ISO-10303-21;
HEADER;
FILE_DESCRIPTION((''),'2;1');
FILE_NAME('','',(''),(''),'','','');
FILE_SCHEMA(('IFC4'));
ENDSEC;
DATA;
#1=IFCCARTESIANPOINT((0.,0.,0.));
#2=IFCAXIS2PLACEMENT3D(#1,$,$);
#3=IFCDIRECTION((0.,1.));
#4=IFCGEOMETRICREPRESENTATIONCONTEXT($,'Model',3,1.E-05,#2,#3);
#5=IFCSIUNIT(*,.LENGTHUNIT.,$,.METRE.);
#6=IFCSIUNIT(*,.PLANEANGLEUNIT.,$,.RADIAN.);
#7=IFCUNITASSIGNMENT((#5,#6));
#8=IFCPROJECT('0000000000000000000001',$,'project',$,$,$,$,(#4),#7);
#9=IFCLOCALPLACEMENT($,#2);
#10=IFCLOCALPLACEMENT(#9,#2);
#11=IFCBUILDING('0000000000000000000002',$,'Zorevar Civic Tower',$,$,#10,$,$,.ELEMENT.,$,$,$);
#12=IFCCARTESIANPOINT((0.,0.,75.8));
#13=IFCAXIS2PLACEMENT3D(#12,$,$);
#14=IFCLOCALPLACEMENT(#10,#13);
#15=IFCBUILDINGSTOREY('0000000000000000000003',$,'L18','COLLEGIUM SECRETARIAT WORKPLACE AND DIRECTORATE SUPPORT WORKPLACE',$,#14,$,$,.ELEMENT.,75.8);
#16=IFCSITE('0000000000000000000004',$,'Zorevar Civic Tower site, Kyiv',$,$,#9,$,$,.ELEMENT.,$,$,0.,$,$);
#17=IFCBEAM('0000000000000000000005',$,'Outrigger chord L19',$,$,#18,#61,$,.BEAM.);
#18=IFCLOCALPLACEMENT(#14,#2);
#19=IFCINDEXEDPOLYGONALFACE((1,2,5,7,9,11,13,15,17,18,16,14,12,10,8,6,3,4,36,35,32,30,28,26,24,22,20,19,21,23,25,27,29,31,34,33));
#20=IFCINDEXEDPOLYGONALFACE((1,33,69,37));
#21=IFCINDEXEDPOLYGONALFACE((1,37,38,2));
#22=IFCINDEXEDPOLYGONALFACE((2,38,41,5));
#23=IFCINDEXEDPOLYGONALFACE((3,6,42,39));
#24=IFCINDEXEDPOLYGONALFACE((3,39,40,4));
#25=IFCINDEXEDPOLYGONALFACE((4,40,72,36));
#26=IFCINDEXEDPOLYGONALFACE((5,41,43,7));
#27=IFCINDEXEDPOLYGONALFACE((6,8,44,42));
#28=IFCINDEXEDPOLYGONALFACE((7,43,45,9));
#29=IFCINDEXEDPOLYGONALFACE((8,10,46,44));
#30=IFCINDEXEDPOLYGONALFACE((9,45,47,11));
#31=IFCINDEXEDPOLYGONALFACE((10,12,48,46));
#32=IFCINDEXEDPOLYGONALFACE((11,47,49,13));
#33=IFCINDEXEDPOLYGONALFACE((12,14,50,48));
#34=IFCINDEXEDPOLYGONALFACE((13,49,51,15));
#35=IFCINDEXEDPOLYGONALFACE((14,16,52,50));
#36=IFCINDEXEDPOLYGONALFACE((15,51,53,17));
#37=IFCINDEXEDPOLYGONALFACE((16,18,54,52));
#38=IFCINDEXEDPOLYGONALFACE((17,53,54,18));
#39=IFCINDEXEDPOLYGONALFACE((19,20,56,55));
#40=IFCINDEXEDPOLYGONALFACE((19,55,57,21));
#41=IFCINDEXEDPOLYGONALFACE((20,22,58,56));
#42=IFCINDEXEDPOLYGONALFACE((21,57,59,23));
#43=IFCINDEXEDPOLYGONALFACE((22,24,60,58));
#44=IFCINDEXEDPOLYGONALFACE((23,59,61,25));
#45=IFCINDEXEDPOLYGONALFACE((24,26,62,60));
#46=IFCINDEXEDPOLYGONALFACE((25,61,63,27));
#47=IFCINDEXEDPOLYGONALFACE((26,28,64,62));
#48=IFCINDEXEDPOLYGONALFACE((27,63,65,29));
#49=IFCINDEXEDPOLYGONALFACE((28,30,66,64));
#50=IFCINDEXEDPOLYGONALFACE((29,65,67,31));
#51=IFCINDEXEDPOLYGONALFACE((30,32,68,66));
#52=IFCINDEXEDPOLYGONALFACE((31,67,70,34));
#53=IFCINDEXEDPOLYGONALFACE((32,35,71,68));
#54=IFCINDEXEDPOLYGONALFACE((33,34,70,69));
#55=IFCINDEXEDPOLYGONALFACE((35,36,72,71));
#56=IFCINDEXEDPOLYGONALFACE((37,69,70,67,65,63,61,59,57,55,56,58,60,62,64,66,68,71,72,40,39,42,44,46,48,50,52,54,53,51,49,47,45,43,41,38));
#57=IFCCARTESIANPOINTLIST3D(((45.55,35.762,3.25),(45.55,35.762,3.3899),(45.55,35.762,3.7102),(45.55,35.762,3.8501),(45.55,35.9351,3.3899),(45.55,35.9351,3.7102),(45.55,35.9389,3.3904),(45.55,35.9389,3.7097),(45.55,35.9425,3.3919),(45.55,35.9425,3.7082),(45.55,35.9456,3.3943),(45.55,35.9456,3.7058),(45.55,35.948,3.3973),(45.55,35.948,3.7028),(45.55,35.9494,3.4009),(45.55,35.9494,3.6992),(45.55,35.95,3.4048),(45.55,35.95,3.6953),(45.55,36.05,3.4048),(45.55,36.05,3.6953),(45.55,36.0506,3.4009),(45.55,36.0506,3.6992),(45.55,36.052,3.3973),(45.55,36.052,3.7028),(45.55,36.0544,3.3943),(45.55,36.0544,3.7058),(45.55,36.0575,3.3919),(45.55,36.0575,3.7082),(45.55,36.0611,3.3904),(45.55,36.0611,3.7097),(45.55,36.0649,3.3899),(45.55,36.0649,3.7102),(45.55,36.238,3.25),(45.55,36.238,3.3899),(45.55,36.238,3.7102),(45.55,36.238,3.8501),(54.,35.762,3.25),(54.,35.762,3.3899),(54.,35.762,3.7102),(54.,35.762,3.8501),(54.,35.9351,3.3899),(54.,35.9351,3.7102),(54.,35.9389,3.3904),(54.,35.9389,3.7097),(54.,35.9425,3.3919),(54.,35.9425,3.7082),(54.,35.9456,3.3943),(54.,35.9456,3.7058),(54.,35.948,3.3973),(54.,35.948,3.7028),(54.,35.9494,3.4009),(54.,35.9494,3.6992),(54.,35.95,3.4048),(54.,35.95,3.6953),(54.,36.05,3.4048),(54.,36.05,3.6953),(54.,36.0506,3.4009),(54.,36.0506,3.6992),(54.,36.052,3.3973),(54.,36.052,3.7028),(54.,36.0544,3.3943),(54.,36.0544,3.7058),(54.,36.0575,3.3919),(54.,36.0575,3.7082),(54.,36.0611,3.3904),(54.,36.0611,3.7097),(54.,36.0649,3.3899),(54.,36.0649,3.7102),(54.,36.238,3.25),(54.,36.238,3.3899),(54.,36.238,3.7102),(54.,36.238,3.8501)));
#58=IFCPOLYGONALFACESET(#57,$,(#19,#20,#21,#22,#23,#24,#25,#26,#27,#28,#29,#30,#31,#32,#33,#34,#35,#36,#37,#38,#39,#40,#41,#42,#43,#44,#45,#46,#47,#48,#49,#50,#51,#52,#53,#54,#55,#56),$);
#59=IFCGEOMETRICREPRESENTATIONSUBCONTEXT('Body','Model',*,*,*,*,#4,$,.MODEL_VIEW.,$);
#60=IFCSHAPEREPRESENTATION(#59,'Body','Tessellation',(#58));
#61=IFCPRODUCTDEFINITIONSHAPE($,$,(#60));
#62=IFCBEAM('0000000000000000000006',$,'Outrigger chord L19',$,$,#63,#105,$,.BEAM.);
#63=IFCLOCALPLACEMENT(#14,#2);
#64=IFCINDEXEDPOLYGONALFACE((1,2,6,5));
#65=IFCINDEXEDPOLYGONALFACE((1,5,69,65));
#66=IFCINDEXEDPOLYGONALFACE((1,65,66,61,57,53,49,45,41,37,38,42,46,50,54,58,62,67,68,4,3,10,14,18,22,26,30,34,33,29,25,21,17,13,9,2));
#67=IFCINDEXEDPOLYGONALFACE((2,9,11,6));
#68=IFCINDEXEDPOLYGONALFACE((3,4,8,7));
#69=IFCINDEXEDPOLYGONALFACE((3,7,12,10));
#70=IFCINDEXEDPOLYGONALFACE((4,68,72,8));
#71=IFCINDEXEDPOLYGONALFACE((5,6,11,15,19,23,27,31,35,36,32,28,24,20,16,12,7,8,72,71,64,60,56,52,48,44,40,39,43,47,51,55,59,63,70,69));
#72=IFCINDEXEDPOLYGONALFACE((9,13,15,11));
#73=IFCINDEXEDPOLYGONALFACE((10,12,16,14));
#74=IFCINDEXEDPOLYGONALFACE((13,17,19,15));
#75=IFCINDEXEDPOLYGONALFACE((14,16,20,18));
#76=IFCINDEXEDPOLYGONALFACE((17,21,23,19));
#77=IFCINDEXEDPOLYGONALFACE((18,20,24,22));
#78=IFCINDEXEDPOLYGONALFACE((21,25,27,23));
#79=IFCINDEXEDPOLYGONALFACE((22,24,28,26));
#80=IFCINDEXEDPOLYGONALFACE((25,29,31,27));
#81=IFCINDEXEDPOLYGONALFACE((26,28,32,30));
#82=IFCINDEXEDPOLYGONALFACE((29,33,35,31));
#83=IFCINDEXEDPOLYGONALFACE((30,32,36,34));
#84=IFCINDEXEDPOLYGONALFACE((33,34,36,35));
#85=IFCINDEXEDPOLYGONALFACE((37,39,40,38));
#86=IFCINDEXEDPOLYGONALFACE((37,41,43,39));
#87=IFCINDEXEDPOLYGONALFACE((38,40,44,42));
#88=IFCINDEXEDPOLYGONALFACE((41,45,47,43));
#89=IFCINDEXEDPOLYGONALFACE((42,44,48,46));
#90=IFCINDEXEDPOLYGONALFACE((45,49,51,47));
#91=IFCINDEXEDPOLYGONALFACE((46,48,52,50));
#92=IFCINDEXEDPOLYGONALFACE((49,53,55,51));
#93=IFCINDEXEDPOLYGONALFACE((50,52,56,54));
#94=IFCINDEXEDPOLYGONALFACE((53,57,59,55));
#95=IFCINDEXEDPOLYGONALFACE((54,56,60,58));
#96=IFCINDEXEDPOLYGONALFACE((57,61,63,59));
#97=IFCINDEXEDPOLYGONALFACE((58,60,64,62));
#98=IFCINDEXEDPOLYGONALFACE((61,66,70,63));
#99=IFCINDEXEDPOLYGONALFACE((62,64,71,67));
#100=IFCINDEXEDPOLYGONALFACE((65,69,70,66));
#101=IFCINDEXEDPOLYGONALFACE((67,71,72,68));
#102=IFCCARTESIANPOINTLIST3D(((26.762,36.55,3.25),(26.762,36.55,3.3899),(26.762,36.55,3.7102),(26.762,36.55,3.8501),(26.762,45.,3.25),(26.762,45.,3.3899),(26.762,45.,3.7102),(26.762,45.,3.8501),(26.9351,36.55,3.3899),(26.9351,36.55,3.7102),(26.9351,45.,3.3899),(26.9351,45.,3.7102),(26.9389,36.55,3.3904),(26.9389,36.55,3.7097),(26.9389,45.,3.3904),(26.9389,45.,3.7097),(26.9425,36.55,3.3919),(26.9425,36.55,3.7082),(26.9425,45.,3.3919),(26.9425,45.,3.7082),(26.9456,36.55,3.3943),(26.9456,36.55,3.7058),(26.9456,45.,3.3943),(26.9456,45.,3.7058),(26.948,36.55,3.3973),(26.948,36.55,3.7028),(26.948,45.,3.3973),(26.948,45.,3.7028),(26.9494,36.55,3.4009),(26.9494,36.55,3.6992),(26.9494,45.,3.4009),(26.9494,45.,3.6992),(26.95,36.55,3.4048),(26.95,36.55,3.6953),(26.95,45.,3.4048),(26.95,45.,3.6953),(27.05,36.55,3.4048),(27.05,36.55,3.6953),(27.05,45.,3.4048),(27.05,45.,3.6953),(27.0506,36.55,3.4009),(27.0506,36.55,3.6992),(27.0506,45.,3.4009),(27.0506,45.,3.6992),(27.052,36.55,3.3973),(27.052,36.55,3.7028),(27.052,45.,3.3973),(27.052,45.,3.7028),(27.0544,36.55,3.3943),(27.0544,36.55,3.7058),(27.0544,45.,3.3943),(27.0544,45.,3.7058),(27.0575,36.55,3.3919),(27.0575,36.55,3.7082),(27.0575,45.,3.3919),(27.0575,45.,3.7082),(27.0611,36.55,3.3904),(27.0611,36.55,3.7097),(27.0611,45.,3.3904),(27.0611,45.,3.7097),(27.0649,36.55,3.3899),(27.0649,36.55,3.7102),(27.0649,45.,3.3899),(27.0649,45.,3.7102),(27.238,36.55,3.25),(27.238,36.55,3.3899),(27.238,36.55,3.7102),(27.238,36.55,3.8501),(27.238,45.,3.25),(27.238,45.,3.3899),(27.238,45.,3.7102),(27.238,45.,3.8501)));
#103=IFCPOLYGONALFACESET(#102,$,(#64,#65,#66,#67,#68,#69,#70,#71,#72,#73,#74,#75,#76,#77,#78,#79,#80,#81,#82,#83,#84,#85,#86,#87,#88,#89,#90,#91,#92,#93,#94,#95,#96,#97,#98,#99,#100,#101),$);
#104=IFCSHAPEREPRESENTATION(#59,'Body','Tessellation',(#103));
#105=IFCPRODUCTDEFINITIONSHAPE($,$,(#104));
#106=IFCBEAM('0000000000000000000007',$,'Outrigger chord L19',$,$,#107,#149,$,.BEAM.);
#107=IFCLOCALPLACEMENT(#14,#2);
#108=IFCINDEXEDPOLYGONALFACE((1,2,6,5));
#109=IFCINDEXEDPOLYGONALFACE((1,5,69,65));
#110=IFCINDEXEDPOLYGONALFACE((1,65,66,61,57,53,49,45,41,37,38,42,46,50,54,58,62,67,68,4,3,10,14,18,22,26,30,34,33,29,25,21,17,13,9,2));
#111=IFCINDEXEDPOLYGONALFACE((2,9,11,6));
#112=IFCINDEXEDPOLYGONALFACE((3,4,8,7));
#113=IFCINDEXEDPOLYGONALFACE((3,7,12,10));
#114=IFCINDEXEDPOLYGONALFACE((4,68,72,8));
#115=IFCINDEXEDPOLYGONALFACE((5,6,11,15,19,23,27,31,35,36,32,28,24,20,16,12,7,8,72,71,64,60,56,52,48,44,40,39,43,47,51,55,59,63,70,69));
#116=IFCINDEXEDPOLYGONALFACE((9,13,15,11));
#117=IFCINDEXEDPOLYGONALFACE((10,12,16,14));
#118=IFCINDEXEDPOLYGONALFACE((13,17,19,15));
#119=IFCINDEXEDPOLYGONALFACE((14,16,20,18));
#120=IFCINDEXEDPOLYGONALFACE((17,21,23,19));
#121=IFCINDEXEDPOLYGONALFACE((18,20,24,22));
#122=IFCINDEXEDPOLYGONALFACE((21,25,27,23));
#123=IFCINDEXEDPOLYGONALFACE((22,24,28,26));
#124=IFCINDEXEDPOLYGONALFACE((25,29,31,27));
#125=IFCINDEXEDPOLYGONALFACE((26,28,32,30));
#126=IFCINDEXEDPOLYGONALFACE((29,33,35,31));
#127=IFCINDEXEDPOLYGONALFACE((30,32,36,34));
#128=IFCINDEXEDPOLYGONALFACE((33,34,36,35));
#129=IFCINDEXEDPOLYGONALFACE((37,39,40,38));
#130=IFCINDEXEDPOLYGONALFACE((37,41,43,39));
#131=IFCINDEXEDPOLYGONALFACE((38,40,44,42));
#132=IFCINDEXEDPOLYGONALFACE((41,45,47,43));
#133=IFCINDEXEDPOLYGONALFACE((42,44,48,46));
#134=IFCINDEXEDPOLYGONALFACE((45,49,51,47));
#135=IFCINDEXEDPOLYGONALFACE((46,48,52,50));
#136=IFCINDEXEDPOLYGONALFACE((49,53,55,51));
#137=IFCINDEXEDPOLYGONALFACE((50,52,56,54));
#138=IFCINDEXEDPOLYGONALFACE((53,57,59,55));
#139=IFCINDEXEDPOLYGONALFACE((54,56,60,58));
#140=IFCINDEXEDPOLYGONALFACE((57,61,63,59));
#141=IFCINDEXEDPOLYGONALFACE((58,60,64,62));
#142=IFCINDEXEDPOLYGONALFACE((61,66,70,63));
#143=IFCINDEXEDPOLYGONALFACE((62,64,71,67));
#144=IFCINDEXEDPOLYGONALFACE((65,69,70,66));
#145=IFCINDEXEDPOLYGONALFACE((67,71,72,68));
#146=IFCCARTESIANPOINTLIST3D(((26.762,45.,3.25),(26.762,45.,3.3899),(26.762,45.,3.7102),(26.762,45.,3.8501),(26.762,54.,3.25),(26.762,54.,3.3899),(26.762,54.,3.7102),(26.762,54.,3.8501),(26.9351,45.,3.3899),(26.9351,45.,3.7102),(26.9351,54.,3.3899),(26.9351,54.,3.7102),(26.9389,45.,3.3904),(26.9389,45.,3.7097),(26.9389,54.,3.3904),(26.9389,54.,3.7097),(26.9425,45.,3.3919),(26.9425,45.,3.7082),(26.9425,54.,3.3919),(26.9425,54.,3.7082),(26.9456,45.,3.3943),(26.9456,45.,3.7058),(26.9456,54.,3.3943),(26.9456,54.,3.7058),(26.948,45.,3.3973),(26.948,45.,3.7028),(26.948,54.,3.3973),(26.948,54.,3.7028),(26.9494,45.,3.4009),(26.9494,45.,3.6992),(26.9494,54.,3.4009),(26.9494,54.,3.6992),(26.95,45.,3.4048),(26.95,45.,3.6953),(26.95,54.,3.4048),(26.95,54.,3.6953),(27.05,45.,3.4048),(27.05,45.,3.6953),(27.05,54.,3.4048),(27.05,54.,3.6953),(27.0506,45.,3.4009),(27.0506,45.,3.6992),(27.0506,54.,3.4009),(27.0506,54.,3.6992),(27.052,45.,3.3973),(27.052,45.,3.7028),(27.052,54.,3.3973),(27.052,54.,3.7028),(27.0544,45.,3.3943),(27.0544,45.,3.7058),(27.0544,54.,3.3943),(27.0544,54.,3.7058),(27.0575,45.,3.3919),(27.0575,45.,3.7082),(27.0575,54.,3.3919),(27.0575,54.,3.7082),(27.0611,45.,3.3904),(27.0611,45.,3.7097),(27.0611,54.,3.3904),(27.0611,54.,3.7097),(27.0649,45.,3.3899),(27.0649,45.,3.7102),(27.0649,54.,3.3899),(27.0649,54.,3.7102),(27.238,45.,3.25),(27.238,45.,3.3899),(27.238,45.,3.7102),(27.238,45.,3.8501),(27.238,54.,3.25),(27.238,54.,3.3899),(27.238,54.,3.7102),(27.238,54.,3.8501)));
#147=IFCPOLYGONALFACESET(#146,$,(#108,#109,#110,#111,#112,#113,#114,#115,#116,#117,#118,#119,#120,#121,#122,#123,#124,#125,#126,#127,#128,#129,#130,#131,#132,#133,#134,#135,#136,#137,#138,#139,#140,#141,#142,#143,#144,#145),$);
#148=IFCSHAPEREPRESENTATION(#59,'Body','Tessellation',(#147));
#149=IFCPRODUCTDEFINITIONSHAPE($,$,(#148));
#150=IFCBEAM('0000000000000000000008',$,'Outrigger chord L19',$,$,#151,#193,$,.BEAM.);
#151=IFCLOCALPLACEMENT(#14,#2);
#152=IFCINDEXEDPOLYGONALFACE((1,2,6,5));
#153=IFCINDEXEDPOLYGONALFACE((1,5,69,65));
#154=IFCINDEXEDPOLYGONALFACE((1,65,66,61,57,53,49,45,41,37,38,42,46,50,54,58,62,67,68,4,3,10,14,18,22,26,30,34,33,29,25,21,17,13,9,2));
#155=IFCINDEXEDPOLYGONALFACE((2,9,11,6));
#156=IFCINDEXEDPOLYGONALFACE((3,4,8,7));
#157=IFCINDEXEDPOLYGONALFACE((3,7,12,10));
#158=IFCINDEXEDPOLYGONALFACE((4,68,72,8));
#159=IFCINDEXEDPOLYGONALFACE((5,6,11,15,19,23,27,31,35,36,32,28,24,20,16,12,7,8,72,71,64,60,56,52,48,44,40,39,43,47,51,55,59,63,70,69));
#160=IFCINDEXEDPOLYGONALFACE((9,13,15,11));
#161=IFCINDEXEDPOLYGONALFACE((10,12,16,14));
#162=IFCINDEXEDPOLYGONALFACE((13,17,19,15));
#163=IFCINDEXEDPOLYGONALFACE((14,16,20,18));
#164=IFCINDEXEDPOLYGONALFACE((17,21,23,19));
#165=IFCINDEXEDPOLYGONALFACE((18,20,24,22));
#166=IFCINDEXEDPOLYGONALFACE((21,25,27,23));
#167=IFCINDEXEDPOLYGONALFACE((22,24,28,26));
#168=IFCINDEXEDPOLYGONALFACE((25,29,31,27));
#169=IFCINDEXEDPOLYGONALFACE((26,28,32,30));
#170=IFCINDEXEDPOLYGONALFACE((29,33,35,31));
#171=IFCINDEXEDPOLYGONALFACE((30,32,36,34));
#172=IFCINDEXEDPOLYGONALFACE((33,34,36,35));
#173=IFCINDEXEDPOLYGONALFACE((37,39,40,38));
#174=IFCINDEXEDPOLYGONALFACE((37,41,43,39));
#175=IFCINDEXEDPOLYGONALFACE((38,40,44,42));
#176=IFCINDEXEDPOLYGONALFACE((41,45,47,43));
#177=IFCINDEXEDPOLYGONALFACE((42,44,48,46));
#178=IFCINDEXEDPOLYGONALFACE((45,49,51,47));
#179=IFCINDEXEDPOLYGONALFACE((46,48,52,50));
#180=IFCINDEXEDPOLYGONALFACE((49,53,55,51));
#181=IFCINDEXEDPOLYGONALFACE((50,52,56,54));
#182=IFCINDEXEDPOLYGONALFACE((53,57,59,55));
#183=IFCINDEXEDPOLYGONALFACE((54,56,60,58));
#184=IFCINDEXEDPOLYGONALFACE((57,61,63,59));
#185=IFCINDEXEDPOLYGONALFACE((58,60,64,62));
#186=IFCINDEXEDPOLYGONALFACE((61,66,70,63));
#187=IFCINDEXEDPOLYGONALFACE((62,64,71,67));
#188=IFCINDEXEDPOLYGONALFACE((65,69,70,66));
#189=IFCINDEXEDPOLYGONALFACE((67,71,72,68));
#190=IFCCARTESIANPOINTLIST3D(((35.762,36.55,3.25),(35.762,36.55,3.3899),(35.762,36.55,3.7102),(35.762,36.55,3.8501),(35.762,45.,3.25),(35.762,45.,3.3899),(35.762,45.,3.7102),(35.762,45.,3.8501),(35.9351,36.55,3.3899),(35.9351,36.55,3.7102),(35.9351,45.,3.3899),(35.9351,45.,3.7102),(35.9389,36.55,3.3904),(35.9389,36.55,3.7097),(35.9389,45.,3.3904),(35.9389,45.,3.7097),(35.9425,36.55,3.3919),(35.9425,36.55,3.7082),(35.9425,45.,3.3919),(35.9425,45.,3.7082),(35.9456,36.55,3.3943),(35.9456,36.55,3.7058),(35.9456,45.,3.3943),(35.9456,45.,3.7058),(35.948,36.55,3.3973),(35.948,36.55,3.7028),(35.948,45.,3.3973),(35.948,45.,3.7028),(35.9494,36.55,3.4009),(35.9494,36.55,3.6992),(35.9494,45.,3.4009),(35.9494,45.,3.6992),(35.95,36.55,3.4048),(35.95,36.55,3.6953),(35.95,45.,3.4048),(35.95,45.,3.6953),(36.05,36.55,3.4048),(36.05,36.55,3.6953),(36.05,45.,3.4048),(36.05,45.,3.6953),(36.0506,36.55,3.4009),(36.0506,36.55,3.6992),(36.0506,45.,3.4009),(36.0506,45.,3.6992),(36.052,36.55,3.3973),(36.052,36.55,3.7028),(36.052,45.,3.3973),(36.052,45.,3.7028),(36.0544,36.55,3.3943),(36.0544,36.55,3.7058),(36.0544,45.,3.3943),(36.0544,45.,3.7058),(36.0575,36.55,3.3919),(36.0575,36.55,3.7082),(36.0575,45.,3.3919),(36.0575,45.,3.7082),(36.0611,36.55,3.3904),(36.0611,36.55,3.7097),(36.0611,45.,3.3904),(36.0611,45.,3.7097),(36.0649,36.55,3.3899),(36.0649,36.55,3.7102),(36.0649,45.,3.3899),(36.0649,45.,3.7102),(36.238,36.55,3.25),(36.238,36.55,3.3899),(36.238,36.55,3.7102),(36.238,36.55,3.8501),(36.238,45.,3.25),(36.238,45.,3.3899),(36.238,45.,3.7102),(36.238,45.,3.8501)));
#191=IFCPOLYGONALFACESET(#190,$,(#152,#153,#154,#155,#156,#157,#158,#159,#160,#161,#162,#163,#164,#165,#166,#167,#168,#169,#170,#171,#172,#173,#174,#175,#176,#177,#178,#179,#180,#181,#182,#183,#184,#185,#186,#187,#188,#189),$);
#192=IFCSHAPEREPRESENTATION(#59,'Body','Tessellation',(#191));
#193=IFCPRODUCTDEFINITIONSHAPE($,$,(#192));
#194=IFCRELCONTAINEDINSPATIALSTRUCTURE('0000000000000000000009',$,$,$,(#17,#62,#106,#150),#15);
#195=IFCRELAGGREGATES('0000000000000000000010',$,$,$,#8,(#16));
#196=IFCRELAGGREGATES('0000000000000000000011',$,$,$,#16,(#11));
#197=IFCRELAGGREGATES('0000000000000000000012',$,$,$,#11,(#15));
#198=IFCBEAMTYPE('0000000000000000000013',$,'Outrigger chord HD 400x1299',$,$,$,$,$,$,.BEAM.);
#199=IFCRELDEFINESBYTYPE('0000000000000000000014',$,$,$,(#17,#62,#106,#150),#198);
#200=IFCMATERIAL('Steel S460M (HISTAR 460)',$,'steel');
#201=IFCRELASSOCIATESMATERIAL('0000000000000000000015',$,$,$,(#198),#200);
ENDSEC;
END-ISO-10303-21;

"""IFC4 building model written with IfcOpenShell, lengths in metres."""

from ifc_helpers import new_model, si_unit, direction, frame, origin, origin_2d, place, context, subcontext, project, spatial, i_section, extrude, material, material_profile, profile_set, type_object, element, save


model = new_model("IFC4")

# Units and contexts
model_context = context("Model", 3, precision=1e-05, world=origin(), true_north=direction((0.0, 1.0)))
body_context = subcontext(model_context, "Body", "Model", "MODEL_VIEW")
ifc_project = project(units=[si_unit("LENGTHUNIT", "METRE"), si_unit("PLANEANGLEUNIT", "RADIAN")], contexts=[model_context])

# Site, building, storey
site_placement = place(None, origin())
site = spatial("IfcSite", under=ifc_project, at=site_placement, Name="Zorevar Civic Tower site, Kyiv", CompositionType="ELEMENT", RefElevation=0.0)
building_placement = place(site_placement, origin())
building = spatial("IfcBuilding", under=site, at=building_placement, Name="Zorevar Civic Tower", CompositionType="ELEMENT")
storey_placement = place(building_placement, frame((0.0, 0.0, 75.8)))
storey = spatial("IfcBuildingStorey", under=building, at=storey_placement, Name="L18", Description="COLLEGIUM SECRETARIAT WORKPLACE AND DIRECTORATE SUPPORT WORKPLACE", CompositionType="ELEMENT", Elevation=75.8)

# Beams
ifc_material_1 = material(Name="Steel S460M (HISTAR 460)", Category="steel")
ifc_material_profile_1 = material_profile(ifc_material_1, i_section(OverallWidth=0.4761, OverallDepth=0.6001, WebThickness=0.1001, FlangeThickness=0.1399, FilletRadius=0.0149, at=origin_2d()), Name="HD 400x1299")
ifc_profile_set_1 = profile_set([ifc_material_profile_1], Name="Steel S460M (HISTAR 460)")
beam_type_1 = type_object("IfcBeamType", Name="Outrigger chord HD 400x1299", PredefinedType="BEAM", material=ifc_profile_set_1)
for number, where, z_axis, x_axis, name in (
    (1, (45.55, 36.0, 3.55), (1.0, 0.0, 0.0), (0.0, 1.0, 0.0), "Outrigger chord L19"),
    (2, (27.0, 36.55, 3.55), (0.0, 1.0, 0.0), (-1.0, 0.0, 0.0), "Outrigger chord L19"),
):
    element("IfcBeam", number, at=place(storey_placement, frame(where, z_axis=z_axis, x_axis=x_axis)), inside=storey, type_object=beam_type_1, Name=name, PredefinedType="BEAM", context=body_context, shape_type="SweptSolid", body=[
        extrude(i_section(OverallWidth=0.4761, OverallDepth=0.6001, WebThickness=0.1001, FlangeThickness=0.1399, FilletRadius=0.0149, at=origin_2d()), origin(), (0.0, 0.0, 1.0), 8.45),
    ])
beam_1_placement = place(storey_placement, frame((27.0, 45.0, 3.55), z_axis=(0.0, 1.0, 0.0), x_axis=(-1.0, 0.0, 0.0)))
element("IfcBeam", 3, at=beam_1_placement, inside=storey, type_object=beam_type_1, Name="Outrigger chord L19", PredefinedType="BEAM", context=body_context, shape_type="SweptSolid", body=[
    extrude(i_section(OverallWidth=0.4761, OverallDepth=0.6001, WebThickness=0.1001, FlangeThickness=0.1399, FilletRadius=0.0149, at=origin_2d()), origin(), (0.0, 0.0, 1.0), 9.0),
])
beam_2_placement = place(storey_placement, frame((36.0, 36.55, 3.55), z_axis=(0.0, 1.0, 0.0), x_axis=(-1.0, 0.0, 0.0)))
element("IfcBeam", 4, at=beam_2_placement, inside=storey, type_object=beam_type_1, Name="Outrigger chord L19", PredefinedType="BEAM", context=body_context, shape_type="SweptSolid", body=[
    extrude(i_section(OverallWidth=0.4761, OverallDepth=0.6001, WebThickness=0.1001, FlangeThickness=0.1399, FilletRadius=0.0149, at=origin_2d()), origin(), (0.0, 0.0, 1.0), 8.45),
])

save(model, "model.ifc")
